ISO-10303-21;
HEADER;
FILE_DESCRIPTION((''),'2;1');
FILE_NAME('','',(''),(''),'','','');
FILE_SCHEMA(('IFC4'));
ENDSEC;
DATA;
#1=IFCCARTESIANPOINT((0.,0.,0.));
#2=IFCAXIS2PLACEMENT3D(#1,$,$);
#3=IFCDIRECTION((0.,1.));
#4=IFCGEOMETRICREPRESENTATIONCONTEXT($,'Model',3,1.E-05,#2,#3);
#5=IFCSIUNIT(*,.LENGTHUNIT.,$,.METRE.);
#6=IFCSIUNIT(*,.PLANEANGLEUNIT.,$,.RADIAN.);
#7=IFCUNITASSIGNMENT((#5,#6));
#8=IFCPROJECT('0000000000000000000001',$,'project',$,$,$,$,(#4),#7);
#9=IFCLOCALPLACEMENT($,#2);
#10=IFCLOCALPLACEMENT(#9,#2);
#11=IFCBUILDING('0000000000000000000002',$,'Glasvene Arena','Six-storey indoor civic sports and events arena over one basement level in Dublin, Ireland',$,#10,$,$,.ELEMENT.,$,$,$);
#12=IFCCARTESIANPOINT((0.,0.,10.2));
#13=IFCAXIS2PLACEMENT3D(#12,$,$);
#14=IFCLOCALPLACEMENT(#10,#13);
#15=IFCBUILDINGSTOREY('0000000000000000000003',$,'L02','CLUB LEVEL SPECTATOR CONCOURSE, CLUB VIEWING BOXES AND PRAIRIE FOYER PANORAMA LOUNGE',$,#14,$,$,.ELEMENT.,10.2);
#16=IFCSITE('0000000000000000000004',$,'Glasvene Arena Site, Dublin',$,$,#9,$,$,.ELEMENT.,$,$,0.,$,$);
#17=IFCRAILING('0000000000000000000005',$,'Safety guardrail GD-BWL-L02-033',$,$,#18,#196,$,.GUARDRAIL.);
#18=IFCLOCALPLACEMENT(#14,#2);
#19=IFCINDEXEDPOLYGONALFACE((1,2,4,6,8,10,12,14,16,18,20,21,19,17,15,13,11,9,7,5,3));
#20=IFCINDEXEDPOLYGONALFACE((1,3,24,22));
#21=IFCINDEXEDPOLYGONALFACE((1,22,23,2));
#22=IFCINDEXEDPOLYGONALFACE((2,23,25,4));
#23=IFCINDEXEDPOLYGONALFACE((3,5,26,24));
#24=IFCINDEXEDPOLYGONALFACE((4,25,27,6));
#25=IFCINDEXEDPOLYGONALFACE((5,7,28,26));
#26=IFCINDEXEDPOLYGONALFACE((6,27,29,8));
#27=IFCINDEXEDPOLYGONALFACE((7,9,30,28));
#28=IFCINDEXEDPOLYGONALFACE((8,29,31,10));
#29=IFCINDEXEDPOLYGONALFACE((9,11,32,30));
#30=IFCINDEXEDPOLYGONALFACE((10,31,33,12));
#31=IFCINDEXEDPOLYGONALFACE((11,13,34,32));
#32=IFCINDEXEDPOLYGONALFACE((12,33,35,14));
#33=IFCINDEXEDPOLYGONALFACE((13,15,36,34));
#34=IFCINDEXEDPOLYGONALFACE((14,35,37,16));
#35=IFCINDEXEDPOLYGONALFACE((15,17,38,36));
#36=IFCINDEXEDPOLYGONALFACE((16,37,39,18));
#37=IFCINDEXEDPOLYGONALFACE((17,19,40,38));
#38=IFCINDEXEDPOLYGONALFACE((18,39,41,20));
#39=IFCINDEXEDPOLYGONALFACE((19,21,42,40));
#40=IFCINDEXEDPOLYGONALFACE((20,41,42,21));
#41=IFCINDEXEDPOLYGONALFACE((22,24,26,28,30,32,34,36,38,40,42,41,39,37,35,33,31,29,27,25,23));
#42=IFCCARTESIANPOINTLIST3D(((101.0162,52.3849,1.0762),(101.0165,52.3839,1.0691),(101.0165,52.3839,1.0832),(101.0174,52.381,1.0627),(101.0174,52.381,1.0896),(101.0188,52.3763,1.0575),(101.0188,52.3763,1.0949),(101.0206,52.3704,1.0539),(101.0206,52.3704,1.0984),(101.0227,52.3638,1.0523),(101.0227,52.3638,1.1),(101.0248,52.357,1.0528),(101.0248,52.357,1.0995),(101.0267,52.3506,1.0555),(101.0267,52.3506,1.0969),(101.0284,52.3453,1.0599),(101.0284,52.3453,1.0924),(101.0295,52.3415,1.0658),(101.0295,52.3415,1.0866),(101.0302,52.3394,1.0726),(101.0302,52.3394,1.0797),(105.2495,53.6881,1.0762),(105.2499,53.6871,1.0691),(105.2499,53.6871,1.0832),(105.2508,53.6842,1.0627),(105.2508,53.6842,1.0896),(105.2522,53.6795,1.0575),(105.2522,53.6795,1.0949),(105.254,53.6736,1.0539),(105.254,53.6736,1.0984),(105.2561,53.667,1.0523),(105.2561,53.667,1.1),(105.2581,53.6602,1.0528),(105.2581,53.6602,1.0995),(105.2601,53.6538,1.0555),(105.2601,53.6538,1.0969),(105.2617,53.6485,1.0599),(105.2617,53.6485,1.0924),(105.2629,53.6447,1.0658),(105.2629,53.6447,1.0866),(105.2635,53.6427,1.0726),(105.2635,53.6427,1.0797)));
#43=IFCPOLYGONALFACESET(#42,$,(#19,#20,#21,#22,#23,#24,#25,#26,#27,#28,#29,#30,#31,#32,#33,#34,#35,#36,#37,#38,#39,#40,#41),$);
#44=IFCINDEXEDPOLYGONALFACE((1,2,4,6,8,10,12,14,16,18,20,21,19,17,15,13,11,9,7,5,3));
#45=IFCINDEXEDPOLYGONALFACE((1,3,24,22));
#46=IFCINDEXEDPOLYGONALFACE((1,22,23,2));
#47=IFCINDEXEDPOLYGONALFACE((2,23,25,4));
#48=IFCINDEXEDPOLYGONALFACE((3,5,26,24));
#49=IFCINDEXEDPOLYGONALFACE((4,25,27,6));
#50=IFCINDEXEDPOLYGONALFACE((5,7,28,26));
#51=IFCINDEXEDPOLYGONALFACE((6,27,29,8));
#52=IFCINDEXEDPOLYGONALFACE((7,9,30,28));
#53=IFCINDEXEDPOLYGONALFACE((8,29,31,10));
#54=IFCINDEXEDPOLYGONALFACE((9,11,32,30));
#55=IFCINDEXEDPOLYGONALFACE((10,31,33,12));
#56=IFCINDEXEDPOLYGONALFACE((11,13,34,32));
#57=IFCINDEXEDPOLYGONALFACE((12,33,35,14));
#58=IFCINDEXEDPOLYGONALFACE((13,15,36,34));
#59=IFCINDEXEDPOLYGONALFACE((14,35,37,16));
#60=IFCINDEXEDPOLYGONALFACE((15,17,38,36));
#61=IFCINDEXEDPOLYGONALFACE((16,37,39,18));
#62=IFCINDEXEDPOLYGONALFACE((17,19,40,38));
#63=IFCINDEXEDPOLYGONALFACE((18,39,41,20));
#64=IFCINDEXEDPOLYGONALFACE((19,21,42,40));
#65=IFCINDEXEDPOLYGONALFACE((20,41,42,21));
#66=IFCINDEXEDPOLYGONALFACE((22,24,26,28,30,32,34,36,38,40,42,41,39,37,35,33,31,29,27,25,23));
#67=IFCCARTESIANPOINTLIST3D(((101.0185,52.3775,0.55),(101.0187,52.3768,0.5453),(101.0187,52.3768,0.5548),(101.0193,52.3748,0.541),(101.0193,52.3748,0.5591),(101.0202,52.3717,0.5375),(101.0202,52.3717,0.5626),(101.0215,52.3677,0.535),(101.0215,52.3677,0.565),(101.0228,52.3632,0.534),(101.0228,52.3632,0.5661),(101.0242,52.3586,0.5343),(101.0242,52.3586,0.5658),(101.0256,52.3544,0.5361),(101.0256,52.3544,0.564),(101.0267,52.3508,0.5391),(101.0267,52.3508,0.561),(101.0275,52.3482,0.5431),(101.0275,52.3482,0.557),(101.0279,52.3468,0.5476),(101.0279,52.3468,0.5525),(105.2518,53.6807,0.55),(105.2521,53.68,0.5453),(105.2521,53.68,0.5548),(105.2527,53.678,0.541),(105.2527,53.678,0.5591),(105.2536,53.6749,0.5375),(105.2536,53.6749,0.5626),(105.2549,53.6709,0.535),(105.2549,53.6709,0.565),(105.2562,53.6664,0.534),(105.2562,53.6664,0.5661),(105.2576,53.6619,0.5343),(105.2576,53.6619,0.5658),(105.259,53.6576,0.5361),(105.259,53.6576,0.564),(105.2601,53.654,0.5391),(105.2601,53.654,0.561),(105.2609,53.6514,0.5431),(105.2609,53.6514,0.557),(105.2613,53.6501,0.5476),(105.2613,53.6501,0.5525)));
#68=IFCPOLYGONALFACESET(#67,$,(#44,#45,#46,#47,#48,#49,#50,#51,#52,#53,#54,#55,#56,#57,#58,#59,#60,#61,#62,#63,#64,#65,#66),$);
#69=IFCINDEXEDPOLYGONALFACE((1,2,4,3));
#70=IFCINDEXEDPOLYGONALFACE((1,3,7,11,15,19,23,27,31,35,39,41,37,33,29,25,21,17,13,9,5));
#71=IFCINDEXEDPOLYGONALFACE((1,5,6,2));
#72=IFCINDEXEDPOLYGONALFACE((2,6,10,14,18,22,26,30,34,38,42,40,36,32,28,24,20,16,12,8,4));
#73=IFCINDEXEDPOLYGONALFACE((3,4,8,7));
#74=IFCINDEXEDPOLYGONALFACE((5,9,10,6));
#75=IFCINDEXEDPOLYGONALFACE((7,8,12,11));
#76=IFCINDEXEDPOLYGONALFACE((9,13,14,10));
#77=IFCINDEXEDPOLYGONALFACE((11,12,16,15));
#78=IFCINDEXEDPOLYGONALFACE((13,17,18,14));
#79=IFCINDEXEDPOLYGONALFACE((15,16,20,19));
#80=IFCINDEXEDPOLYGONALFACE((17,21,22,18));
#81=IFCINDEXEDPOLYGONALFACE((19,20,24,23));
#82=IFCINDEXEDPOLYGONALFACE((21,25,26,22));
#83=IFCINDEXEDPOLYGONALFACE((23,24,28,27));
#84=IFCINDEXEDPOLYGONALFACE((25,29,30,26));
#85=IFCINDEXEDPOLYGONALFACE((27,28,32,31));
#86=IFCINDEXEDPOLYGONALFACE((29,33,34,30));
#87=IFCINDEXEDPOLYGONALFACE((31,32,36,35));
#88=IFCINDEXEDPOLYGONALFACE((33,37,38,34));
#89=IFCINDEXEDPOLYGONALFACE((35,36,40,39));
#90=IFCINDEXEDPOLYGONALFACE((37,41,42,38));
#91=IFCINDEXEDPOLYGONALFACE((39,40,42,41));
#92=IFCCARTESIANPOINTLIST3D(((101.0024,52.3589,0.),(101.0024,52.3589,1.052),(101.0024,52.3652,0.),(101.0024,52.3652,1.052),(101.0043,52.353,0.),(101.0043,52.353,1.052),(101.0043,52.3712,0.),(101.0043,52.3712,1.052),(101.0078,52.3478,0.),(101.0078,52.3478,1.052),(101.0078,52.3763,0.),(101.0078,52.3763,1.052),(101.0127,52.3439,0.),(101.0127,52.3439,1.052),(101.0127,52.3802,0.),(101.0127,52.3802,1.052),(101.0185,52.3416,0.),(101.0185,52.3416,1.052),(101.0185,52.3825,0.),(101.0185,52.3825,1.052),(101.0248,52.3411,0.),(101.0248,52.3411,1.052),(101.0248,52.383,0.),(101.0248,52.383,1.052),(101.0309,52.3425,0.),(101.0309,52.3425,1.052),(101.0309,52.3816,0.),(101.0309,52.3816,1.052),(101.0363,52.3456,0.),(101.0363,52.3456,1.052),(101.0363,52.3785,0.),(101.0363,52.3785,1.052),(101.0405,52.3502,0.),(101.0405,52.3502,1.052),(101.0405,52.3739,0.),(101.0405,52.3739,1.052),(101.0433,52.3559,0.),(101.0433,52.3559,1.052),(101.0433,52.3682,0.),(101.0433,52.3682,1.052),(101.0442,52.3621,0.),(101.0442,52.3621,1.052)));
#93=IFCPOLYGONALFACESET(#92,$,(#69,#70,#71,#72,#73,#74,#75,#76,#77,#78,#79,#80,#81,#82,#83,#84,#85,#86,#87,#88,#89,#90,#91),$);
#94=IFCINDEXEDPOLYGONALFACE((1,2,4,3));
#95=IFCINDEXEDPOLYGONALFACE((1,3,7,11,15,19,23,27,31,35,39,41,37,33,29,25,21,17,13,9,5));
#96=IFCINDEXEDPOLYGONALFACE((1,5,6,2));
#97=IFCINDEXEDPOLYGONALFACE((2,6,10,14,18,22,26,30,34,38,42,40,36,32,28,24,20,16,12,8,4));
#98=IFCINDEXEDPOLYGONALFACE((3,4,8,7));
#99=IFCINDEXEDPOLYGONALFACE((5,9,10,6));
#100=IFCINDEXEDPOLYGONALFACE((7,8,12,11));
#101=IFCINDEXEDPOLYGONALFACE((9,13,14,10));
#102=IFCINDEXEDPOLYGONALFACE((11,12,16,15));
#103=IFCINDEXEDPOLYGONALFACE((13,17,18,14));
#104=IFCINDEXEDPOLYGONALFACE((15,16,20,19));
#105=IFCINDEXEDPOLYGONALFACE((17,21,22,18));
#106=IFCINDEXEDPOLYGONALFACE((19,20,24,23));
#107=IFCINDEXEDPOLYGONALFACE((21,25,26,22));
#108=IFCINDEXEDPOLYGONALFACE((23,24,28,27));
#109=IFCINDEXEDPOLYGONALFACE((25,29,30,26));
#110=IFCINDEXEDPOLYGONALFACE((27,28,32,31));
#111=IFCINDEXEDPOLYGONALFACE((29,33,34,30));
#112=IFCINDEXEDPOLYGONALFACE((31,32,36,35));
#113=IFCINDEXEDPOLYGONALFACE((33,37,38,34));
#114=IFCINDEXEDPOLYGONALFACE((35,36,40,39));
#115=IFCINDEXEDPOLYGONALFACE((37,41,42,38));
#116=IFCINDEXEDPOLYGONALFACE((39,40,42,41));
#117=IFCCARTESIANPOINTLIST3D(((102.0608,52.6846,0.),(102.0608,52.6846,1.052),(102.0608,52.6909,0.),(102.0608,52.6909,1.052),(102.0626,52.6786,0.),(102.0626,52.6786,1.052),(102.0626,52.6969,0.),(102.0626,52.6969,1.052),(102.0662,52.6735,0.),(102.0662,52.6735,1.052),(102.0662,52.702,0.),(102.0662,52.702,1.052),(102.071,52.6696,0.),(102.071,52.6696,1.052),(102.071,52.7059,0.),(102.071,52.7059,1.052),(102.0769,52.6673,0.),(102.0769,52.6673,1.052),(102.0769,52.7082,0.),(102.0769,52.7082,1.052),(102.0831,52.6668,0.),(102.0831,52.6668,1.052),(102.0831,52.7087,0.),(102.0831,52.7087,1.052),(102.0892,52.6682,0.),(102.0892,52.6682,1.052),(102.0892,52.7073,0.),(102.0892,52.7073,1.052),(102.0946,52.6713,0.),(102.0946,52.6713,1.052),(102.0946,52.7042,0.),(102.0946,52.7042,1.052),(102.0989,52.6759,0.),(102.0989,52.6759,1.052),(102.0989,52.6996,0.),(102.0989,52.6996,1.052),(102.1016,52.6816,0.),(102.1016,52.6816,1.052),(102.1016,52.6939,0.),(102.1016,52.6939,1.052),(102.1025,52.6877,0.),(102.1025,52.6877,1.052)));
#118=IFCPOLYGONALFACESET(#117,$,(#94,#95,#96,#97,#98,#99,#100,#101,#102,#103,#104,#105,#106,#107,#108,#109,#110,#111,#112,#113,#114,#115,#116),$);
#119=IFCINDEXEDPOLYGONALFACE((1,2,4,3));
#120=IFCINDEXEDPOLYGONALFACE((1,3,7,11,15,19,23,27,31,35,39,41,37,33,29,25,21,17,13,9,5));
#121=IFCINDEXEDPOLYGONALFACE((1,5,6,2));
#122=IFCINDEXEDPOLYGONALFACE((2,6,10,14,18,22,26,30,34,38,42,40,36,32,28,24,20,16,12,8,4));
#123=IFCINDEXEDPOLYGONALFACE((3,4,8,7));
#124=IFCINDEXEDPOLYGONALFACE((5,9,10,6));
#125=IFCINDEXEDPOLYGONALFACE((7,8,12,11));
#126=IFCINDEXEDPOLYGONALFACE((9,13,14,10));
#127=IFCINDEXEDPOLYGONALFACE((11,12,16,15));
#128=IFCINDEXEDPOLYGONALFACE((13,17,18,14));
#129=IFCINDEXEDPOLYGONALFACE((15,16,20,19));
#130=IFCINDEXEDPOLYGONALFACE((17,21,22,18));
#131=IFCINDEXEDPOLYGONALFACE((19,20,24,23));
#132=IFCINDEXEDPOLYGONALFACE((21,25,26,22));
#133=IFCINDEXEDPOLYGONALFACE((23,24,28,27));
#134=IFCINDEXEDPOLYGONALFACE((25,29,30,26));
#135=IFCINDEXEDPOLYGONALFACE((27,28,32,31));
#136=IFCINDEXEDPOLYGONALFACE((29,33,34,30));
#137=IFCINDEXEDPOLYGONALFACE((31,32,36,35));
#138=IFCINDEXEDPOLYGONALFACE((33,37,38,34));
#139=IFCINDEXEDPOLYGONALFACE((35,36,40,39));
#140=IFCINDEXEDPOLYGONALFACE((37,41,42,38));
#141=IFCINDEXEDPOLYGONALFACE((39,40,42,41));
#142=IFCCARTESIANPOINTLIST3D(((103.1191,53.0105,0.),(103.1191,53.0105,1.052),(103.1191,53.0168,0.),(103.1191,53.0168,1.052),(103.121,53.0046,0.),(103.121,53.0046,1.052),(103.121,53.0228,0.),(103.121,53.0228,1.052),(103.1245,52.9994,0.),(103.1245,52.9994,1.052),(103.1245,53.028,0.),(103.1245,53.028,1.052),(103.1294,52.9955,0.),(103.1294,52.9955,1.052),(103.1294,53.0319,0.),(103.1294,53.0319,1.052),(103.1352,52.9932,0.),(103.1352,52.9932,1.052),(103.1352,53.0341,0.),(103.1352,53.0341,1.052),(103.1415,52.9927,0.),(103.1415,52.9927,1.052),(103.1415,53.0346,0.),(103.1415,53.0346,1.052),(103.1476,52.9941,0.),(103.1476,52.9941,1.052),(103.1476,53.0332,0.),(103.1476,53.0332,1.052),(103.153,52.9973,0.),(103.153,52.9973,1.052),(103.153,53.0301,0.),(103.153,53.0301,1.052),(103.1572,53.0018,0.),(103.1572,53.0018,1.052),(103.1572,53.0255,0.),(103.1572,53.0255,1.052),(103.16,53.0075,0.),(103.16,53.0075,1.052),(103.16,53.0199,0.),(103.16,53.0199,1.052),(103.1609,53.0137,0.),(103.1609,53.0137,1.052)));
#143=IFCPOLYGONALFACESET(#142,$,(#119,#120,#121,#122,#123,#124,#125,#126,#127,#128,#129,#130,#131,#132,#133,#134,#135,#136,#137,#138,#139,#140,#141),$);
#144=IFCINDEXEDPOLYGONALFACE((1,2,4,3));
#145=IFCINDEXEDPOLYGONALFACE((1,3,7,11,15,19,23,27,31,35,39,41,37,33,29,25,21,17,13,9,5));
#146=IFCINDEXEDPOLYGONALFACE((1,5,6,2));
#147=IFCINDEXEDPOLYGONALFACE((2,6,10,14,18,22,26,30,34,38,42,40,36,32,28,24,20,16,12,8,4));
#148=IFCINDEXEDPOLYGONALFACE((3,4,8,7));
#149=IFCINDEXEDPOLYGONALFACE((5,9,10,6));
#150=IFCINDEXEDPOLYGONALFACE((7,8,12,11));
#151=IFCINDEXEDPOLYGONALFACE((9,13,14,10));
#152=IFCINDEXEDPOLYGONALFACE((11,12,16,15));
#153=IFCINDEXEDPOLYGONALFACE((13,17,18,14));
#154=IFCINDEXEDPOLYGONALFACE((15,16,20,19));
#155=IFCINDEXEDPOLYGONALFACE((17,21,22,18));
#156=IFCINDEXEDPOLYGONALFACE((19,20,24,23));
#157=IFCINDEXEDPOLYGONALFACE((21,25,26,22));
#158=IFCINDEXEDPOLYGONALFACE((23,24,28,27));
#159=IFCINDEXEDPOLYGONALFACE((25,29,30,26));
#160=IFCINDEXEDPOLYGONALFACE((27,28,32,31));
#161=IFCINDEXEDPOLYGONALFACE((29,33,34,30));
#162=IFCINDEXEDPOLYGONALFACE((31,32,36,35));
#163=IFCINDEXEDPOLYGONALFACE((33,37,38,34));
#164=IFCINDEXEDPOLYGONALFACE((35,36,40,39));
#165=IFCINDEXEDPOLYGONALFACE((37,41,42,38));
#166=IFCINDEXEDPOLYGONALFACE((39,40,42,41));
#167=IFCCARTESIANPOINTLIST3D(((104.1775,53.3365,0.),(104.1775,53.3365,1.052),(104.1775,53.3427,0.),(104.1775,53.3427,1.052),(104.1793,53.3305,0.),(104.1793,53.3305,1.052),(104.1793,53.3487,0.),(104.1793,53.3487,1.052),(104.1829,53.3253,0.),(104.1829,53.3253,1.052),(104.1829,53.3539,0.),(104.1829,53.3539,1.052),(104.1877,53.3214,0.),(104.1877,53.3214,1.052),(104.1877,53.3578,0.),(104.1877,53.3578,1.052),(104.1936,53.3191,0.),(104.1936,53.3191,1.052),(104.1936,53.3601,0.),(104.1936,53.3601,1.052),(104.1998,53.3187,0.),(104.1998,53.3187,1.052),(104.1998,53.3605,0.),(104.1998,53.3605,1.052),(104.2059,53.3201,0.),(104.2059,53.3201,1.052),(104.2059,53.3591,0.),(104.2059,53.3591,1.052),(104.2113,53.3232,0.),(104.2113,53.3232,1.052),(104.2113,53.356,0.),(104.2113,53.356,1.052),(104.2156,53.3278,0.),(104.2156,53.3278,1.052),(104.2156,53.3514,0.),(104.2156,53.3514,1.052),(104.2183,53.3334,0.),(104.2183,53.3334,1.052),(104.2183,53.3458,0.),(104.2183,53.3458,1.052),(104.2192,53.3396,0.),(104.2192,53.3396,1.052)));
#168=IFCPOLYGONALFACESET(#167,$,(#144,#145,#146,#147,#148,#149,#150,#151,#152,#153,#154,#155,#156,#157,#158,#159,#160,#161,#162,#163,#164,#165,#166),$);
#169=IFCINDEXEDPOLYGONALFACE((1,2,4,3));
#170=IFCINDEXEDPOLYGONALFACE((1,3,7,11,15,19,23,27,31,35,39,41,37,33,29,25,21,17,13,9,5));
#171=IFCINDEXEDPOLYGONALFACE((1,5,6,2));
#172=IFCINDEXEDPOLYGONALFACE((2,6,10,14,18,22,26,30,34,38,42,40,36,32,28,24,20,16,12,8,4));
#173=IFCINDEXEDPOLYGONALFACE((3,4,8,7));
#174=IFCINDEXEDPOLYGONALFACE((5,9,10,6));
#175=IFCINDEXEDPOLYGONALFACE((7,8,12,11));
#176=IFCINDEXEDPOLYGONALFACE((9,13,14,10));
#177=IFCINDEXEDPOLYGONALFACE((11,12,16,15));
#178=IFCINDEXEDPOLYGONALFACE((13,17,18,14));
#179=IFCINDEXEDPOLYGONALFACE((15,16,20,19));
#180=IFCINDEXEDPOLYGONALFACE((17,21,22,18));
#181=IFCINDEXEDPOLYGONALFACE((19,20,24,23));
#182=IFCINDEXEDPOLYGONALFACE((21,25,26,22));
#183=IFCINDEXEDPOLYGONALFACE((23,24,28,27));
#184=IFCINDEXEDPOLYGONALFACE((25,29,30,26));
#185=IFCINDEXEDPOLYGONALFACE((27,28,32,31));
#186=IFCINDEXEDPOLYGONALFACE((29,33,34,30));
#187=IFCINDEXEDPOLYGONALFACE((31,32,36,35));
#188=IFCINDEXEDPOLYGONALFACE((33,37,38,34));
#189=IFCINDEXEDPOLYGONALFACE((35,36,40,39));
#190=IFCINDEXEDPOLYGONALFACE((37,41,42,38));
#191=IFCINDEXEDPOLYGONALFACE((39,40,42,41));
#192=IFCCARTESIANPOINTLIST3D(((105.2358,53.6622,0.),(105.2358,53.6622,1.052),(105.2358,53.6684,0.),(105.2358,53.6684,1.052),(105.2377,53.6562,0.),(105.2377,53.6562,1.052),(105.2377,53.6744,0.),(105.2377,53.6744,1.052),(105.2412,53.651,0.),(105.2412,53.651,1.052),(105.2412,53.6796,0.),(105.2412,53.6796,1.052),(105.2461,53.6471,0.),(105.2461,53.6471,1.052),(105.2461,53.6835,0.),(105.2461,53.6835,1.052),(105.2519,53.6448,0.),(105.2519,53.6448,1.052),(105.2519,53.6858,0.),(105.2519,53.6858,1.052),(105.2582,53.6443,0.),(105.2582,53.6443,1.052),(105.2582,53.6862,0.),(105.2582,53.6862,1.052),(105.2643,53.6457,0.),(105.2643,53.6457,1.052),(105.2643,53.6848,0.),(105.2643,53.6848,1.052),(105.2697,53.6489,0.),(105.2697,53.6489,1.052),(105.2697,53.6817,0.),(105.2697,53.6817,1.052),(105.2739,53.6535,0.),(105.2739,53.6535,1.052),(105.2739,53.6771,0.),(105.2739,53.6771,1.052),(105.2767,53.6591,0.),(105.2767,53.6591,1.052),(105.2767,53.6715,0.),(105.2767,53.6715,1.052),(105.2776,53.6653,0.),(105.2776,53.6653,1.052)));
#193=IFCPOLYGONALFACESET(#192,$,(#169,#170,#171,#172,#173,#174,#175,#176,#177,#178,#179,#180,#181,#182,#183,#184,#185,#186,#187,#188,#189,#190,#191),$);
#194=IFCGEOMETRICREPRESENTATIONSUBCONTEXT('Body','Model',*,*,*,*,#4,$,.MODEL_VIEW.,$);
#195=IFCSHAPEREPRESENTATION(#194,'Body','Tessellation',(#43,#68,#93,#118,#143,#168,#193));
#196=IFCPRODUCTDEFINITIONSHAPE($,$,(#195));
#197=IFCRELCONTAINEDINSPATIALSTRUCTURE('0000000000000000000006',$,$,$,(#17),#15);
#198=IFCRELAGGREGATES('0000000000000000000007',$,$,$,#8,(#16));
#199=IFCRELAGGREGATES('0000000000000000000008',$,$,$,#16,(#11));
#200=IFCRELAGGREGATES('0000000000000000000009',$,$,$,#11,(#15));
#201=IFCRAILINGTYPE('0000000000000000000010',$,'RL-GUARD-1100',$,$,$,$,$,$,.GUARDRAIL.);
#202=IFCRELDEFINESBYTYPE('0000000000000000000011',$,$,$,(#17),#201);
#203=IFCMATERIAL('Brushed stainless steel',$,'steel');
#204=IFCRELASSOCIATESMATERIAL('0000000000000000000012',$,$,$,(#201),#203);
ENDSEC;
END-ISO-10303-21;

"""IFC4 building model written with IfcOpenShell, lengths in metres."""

from ifc_helpers import new_model, si_unit, direction, frame, origin, origin_2d, place, context, subcontext, project, spatial, circle, extrude, material, type_object, element, save


model = new_model("IFC4")

# Units and contexts
model_context = context("Model", 3, precision=1e-05, world=origin(), true_north=direction((0.0, 1.0)))
body_context = subcontext(model_context, "Body", "Model", "MODEL_VIEW")
ifc_project = project(units=[si_unit("LENGTHUNIT", "METRE"), si_unit("PLANEANGLEUNIT", "RADIAN")], contexts=[model_context])

# Site, building, storey
site_placement = place(None, origin())
site = spatial("IfcSite", under=ifc_project, at=site_placement, Name="Glasvene Arena Site, Dublin", CompositionType="ELEMENT", RefElevation=0.0)
building_placement = place(site_placement, origin())
building = spatial("IfcBuilding", under=site, at=building_placement, Name="Glasvene Arena", Description="Six-storey indoor civic sports and events arena over one basement level in Dublin, Ireland", CompositionType="ELEMENT")
storey_placement = place(building_placement, frame((0.0, 0.0, 10.2)))
storey = spatial("IfcBuildingStorey", under=building, at=storey_placement, Name="L02", Description="CLUB LEVEL SPECTATOR CONCOURSE, CLUB VIEWING BOXES AND PRAIRIE FOYER PANORAMA LOUNGE", CompositionType="ELEMENT", Elevation=10.2)

# Railing
ifc_material_1 = material(Name="Brushed stainless steel", Category="steel")
railing_type = type_object("IfcRailingType", Name="RL-GUARD-1100", PredefinedType="GUARDRAIL", material=ifc_material_1)
railing_1_placement = place(storey_placement, frame((101.0232, 52.3621, 0.0)))
element("IfcRailing", 1, at=railing_1_placement, inside=storey, type_object=railing_type, Name="Safety guardrail GD-BWL-L02-033", PredefinedType="GUARDRAIL", context=body_context, shape_type="SweptSolid", body=[
    extrude(circle(Radius=0.0239, at=origin_2d()), frame((0.0, 0.0, 1.0762), z_axis=(0.955738, 0.294218, 0.0), x_axis=(-0.294218, 0.955738, 0.0)), (0.0, 0.0, 1.0), 4.4294),
    extrude(circle(Radius=0.0161, at=origin_2d()), frame((0.0, 0.0, 0.55), z_axis=(0.955738, 0.294218, 0.0), x_axis=(-0.294218, 0.955738, 0.0)), (0.0, 0.0, 1.0), 4.4294),
    extrude(circle(Radius=0.021, at=origin_2d()), origin(), (0.0, 0.0, 1.0), 1.052),
    extrude(circle(Radius=0.021, at=origin_2d()), frame((1.0583, 0.3257, 0.0)), (0.0, 0.0, 1.0), 1.052),
    extrude(circle(Radius=0.021, at=origin_2d()), frame((2.1167, 0.6516, 0.0)), (0.0, 0.0, 1.0), 1.052),
    extrude(circle(Radius=0.021, at=origin_2d()), frame((3.175, 0.9775, 0.0)), (0.0, 0.0, 1.0), 1.052),
    extrude(circle(Radius=0.021, at=origin_2d()), frame((4.2334, 1.3032, 0.0)), (0.0, 0.0, 1.0), 1.052),
])

save(model, "model.ifc")
